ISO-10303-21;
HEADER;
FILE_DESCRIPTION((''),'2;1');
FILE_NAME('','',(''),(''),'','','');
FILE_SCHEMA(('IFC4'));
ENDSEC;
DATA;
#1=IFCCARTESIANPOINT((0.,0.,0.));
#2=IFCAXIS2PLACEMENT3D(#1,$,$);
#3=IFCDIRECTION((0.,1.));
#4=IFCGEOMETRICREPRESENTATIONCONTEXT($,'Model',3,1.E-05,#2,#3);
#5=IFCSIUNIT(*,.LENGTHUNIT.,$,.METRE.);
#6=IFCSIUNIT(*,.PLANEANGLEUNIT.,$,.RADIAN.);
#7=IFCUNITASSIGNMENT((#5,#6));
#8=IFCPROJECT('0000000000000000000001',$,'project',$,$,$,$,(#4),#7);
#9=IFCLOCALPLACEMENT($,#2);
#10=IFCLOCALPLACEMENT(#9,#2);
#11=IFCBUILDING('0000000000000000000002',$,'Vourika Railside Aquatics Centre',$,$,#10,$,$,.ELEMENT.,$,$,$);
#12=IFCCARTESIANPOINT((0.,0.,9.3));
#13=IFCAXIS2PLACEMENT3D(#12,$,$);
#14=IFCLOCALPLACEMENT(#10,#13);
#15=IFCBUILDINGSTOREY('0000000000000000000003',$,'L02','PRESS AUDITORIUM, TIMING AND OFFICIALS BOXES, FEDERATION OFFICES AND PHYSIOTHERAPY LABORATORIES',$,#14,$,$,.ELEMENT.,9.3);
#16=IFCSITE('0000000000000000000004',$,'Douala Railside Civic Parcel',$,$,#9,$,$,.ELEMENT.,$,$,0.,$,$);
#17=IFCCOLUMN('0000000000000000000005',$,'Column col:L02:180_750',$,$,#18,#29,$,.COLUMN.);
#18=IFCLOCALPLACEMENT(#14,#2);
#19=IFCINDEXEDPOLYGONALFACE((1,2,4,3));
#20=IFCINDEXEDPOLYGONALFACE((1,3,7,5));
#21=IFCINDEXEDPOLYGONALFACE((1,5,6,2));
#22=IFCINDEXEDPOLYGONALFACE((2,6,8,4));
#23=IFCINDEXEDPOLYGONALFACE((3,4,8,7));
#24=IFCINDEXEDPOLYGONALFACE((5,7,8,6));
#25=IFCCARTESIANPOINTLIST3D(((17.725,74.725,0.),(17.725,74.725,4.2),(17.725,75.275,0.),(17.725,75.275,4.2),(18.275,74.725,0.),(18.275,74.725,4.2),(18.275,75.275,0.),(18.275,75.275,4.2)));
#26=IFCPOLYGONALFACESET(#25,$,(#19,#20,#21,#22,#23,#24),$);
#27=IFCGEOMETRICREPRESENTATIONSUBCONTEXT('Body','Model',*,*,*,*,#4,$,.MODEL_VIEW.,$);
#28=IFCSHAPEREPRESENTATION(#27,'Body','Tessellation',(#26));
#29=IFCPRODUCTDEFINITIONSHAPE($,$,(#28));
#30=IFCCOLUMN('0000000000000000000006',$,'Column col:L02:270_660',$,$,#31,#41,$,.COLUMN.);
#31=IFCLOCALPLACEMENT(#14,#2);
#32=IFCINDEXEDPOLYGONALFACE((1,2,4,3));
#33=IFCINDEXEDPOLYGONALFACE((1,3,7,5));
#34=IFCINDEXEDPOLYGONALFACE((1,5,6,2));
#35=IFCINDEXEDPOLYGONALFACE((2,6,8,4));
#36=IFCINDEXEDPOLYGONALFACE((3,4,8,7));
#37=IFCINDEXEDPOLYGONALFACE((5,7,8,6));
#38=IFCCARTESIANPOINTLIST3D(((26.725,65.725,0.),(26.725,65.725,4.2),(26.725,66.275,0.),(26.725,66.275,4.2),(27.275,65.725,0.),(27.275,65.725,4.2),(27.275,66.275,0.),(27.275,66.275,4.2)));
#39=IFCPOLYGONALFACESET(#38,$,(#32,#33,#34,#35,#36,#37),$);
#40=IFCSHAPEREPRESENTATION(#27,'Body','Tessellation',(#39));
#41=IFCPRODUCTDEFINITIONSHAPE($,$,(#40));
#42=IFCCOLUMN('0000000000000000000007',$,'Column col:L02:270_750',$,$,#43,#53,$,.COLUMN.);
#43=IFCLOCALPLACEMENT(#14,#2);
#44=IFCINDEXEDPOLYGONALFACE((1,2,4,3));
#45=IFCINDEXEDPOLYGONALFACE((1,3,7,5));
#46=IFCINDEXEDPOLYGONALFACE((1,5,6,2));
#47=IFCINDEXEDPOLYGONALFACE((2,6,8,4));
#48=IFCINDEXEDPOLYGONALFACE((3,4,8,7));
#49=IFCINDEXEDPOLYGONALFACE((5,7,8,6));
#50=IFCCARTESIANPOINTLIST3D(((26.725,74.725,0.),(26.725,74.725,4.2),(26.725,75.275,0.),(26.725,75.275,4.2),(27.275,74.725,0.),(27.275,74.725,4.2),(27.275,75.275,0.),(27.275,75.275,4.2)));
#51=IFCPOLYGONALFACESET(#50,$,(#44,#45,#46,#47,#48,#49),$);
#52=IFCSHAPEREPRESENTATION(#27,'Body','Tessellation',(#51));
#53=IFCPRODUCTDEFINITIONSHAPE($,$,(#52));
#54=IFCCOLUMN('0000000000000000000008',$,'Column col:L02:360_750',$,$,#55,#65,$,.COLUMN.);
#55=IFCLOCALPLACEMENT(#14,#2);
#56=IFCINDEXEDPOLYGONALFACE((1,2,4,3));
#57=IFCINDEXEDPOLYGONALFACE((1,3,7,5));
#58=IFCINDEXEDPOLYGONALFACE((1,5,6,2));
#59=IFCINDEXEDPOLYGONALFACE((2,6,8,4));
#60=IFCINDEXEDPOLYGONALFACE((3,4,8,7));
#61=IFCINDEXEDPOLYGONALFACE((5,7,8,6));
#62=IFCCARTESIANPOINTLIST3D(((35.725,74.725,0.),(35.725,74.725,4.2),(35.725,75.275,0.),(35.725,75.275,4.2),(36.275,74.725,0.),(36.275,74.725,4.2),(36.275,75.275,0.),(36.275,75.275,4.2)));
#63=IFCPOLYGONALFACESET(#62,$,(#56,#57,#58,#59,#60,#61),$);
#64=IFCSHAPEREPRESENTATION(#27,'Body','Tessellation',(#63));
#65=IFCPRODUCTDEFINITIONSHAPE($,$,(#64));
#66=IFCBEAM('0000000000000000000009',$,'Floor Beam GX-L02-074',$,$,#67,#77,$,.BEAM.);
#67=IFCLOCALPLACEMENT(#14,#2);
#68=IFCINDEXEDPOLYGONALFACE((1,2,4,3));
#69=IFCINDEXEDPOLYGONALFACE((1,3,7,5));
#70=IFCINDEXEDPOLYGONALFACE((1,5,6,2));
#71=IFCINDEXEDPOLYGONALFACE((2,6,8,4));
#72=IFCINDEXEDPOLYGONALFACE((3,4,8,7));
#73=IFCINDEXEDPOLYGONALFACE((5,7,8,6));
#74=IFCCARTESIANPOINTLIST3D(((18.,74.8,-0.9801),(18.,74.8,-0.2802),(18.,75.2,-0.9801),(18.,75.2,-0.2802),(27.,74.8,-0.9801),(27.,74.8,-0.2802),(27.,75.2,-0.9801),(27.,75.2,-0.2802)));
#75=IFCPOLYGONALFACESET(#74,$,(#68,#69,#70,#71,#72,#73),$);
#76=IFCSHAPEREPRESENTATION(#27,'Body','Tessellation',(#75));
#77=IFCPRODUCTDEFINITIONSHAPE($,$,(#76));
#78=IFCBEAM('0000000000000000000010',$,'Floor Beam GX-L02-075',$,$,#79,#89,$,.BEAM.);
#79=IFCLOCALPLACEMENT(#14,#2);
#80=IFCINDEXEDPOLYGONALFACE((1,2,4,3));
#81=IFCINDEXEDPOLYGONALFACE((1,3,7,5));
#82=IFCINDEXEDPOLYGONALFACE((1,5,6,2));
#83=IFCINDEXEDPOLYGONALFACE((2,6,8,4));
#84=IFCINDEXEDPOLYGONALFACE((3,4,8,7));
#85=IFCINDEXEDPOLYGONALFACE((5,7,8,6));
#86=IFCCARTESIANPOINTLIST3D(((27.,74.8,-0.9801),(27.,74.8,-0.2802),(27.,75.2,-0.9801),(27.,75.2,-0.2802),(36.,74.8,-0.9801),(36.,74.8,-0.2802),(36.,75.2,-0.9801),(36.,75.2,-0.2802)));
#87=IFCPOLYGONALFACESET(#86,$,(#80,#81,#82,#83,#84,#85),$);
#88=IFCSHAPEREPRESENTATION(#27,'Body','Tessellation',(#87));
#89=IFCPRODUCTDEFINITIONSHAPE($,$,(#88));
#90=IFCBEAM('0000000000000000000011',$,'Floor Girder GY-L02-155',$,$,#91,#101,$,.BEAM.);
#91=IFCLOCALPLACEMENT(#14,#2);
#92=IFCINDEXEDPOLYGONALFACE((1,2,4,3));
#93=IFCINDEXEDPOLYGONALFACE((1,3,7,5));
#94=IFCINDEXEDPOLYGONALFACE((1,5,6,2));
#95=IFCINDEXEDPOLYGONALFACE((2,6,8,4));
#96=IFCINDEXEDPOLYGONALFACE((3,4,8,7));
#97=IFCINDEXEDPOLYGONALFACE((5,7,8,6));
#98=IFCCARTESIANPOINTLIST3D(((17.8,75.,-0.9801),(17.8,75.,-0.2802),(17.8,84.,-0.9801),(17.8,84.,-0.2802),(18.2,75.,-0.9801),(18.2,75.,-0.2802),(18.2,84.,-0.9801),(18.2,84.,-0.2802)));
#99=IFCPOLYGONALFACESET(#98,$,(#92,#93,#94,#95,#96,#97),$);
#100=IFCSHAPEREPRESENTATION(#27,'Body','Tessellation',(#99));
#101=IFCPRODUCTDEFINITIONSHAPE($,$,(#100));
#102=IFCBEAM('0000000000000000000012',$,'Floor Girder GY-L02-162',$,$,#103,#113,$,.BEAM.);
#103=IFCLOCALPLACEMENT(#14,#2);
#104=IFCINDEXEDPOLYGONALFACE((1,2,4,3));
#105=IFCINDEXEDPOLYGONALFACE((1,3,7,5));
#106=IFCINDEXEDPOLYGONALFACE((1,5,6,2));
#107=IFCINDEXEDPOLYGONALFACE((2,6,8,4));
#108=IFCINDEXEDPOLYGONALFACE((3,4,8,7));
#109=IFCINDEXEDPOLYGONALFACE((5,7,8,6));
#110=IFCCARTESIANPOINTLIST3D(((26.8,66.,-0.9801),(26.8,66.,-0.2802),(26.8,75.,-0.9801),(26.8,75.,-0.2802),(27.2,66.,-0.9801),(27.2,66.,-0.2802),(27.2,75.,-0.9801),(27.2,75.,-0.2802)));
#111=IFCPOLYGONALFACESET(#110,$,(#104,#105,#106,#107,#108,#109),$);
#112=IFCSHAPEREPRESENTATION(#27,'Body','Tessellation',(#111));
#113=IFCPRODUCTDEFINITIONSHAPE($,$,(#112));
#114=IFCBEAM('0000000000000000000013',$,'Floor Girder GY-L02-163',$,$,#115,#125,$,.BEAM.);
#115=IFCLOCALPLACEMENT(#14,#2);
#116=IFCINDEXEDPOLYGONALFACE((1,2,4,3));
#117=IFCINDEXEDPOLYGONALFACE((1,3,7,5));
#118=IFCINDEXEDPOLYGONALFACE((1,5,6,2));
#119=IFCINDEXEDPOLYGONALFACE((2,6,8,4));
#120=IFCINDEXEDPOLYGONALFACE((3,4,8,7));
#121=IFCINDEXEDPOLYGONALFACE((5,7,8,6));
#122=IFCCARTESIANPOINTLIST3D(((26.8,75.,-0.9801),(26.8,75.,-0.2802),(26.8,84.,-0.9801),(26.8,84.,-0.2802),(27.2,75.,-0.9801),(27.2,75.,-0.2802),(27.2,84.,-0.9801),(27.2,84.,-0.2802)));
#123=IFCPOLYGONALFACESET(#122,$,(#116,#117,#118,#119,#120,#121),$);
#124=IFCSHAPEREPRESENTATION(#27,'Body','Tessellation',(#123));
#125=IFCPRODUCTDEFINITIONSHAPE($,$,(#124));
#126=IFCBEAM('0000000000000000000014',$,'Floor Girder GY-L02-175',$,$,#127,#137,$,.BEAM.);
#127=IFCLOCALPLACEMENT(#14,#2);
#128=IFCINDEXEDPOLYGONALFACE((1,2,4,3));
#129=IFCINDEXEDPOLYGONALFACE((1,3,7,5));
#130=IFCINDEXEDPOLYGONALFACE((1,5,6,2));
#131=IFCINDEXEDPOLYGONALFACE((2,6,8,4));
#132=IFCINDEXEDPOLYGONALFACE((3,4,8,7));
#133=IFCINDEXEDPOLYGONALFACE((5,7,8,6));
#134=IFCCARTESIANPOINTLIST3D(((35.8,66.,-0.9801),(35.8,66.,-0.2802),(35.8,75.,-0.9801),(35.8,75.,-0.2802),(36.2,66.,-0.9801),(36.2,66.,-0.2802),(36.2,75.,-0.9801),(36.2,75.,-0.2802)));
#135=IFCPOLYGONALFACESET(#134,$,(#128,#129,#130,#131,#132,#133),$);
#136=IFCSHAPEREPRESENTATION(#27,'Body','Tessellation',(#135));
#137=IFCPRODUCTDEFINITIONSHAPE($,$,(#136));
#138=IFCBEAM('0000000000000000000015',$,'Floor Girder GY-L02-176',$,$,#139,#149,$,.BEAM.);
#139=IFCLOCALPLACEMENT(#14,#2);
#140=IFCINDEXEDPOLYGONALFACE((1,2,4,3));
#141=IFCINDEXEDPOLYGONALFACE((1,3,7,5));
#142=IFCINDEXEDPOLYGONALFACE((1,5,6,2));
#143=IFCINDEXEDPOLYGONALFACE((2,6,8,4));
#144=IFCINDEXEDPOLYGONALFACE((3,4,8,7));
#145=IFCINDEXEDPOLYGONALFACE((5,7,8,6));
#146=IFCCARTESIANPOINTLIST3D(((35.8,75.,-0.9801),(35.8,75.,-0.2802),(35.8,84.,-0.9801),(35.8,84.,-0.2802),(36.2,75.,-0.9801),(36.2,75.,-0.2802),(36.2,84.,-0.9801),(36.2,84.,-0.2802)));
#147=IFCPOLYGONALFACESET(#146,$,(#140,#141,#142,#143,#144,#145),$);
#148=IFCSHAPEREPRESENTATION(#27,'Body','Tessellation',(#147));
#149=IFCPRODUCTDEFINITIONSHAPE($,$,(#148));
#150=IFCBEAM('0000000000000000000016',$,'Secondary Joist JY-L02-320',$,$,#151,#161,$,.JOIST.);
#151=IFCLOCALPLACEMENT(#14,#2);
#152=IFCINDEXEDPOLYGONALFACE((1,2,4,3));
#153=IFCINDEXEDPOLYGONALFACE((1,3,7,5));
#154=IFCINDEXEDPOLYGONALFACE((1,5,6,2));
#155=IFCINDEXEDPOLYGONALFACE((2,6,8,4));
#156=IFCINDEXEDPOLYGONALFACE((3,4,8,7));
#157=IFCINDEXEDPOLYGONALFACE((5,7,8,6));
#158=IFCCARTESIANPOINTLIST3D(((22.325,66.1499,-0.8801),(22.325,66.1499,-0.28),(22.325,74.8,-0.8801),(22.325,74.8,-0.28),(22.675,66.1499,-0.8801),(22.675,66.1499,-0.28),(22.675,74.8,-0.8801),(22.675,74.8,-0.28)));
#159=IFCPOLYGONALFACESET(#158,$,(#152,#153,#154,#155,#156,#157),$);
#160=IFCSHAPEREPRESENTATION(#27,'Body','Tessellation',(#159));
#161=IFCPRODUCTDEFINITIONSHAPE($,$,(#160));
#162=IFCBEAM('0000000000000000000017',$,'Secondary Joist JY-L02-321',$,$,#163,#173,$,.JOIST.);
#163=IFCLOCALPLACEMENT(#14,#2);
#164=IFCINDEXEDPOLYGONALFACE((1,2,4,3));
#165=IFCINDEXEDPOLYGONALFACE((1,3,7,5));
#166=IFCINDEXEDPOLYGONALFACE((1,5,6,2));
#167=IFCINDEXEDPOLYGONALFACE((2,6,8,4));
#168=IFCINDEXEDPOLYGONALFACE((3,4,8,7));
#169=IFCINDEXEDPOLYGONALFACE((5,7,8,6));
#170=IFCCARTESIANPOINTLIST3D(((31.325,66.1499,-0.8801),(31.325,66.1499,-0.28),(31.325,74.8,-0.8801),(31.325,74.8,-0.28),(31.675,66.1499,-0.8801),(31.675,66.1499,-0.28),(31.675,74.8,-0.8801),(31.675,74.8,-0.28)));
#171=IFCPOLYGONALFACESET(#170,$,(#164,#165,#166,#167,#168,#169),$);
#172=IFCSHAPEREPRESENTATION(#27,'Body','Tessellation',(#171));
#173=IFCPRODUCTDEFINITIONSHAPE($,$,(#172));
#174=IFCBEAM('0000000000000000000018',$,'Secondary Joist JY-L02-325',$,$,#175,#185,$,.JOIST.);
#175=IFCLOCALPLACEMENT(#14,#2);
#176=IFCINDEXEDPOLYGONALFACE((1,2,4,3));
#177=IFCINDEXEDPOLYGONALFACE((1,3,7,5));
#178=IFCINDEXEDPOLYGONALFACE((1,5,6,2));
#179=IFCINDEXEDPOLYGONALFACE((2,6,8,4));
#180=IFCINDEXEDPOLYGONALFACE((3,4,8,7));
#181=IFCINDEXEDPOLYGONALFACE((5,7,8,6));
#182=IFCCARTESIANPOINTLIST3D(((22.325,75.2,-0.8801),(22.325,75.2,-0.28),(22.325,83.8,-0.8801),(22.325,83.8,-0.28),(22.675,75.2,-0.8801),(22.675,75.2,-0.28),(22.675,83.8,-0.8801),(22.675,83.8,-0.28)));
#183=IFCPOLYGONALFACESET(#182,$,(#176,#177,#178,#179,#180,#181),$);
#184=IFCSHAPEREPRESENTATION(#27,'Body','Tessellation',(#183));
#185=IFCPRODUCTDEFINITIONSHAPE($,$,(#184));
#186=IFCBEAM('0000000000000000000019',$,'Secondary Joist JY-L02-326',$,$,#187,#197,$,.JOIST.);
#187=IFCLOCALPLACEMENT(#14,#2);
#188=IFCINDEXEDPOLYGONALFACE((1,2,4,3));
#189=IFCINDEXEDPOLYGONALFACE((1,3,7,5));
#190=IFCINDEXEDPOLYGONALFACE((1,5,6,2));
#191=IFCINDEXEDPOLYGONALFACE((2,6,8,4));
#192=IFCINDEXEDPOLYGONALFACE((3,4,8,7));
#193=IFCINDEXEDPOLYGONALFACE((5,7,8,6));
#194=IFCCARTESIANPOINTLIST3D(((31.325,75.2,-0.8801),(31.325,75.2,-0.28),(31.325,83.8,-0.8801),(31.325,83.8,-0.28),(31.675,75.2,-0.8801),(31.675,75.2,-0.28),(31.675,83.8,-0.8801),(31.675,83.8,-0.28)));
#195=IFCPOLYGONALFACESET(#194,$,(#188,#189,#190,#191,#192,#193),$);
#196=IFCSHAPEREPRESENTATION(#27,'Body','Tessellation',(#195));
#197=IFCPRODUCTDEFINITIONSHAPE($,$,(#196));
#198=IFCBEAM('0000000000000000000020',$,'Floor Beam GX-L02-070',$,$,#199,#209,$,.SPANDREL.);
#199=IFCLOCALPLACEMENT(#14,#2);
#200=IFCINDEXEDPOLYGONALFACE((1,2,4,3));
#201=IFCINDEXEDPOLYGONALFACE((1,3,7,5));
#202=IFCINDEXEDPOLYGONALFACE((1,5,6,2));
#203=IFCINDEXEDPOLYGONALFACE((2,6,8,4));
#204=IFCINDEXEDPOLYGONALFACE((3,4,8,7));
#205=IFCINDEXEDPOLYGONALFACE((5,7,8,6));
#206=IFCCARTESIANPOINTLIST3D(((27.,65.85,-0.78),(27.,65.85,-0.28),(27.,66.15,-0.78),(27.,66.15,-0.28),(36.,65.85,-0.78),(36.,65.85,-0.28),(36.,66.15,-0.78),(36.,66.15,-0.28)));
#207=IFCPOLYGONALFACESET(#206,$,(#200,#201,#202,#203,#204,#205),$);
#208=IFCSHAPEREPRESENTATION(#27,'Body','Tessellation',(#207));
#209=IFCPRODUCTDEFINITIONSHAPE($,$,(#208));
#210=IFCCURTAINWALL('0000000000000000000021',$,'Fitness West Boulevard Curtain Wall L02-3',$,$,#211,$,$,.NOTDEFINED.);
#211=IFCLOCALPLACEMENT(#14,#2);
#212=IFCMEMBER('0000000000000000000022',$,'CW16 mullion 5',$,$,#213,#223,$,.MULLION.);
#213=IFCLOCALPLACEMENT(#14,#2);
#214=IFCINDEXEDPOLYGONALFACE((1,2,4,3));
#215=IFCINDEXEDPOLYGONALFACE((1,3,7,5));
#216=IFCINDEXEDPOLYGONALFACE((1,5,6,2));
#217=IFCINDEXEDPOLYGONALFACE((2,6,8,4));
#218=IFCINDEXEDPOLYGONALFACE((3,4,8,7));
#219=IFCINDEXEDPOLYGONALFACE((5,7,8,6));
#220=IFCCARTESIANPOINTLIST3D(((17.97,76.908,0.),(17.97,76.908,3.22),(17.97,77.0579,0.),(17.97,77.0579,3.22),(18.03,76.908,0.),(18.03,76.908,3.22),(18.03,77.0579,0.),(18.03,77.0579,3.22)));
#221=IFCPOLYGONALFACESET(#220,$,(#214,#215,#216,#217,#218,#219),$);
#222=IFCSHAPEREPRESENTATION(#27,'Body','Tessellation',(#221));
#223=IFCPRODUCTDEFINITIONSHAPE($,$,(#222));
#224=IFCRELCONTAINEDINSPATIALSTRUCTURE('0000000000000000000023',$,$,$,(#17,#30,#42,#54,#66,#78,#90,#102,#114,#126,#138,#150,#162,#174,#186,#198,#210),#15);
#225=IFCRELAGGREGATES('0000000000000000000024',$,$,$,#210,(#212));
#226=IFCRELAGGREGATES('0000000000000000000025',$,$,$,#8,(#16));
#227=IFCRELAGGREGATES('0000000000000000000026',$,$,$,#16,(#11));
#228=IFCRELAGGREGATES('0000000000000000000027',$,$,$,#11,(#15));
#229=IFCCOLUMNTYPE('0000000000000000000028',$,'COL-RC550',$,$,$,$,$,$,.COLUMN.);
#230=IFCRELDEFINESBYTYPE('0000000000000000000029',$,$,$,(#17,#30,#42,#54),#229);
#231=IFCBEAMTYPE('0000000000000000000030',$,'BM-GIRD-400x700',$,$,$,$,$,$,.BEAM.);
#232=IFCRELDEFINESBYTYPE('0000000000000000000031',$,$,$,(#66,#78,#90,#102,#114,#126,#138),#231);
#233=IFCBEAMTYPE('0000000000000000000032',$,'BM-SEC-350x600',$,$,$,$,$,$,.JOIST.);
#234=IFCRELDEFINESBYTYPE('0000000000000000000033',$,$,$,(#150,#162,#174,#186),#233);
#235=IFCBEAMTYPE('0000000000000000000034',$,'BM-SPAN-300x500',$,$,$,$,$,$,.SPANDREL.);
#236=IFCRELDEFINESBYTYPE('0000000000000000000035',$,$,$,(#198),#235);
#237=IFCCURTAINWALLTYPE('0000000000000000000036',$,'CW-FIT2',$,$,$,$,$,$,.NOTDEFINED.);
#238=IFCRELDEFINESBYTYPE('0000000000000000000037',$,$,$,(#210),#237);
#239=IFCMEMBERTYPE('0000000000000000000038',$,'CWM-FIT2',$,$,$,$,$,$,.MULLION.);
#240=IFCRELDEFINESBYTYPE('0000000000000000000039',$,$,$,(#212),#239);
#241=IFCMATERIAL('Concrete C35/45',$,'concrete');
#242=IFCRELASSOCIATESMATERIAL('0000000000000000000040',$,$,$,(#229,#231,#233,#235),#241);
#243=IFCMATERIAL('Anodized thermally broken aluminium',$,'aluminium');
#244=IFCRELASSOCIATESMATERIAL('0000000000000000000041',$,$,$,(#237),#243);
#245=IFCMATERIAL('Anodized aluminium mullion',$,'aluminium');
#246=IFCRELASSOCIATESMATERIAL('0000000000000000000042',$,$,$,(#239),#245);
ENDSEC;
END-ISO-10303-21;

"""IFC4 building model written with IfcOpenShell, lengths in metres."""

from ifc_helpers import new_model, si_unit, direction, frame, origin, origin_2d, place, context, subcontext, project, spatial, rectangle, extrude, material, material_profile, profile_set, type_object, element, aggregate, save


model = new_model("IFC4")

# Units and contexts
model_context = context("Model", 3, precision=1e-05, world=origin(), true_north=direction((0.0, 1.0)))
body_context = subcontext(model_context, "Body", "Model", "MODEL_VIEW")
ifc_project = project(units=[si_unit("LENGTHUNIT", "METRE"), si_unit("PLANEANGLEUNIT", "RADIAN")], contexts=[model_context])

# Site, building, storey
site_placement = place(None, origin())
site = spatial("IfcSite", under=ifc_project, at=site_placement, Name="Douala Railside Civic Parcel", CompositionType="ELEMENT", RefElevation=0.0)
building_placement = place(site_placement, origin())
building = spatial("IfcBuilding", under=site, at=building_placement, Name="Vourika Railside Aquatics Centre", CompositionType="ELEMENT")
storey_placement = place(building_placement, frame((0.0, 0.0, 9.3)))
storey = spatial("IfcBuildingStorey", under=building, at=storey_placement, Name="L02", Description="PRESS AUDITORIUM, TIMING AND OFFICIALS BOXES, FEDERATION OFFICES AND PHYSIOTHERAPY LABORATORIES", CompositionType="ELEMENT", Elevation=9.3)

# Columns
ifc_material_1 = material(Name="Concrete C35/45", Category="concrete")
ifc_material_profile_1 = material_profile(ifc_material_1, rectangle(XDim=0.55, YDim=0.55, at=origin_2d()), Name="RC 550x550")
ifc_profile_set_1 = profile_set([ifc_material_profile_1], Name="Concrete C35/45")
column_type = type_object("IfcColumnType", Name="COL-RC550", PredefinedType="COLUMN", material=ifc_profile_set_1)
for number, where, z_axis, x_axis, name in (
    (1, (18.0, 75.0, 0.0), (0.0, 0.0, 1.0), (1.0, 0.0, 0.0), "Column col:L02:180_750"),
    (2, (27.0, 66.0, 0.0), (0.0, 0.0, 1.0), (1.0, 0.0, 0.0), "Column col:L02:270_660"),
    (3, (27.0, 75.0, 0.0), (0.0, 0.0, 1.0), (1.0, 0.0, 0.0), "Column col:L02:270_750"),
    (4, (36.0, 75.0, 0.0), (0.0, 0.0, 1.0), (1.0, 0.0, 0.0), "Column col:L02:360_750"),
):
    element("IfcColumn", number, at=place(storey_placement, frame(where, z_axis=z_axis, x_axis=x_axis)), inside=storey, type_object=column_type, Name=name, PredefinedType="COLUMN", context=body_context, shape_type="SweptSolid", body=[
        extrude(rectangle(XDim=0.55, YDim=0.55, at=origin_2d()), origin(), (0.0, 0.0, 1.0), 4.2),
    ])

# Beams
ifc_material_profile_2 = material_profile(ifc_material_1, rectangle(XDim=0.3999, YDim=0.7, at=origin_2d()), Name="RC 400x700")
ifc_profile_set_2 = profile_set([ifc_material_profile_2], Name="Concrete C35/45")
beam_type_1 = type_object("IfcBeamType", Name="BM-GIRD-400x700", PredefinedType="BEAM", material=ifc_profile_set_2)
for number, where, z_axis, x_axis, name in (
    (5, (18.0, 75.0, -0.6301), (1.0, 0.0, 0.0), (0.0, 1.0, 0.0), "Floor Beam GX-L02-074"),
    (6, (27.0, 75.0, -0.6301), (1.0, 0.0, 0.0), (0.0, 1.0, 0.0), "Floor Beam GX-L02-075"),
    (7, (18.0, 75.0, -0.6301), (0.0, 1.0, 0.0), (-1.0, 0.0, 0.0), "Floor Girder GY-L02-155"),
    (8, (27.0, 66.0, -0.6301), (0.0, 1.0, 0.0), (-1.0, 0.0, 0.0), "Floor Girder GY-L02-162"),
    (9, (27.0, 75.0, -0.6301), (0.0, 1.0, 0.0), (-1.0, 0.0, 0.0), "Floor Girder GY-L02-163"),
    (10, (36.0, 66.0, -0.6301), (0.0, 1.0, 0.0), (-1.0, 0.0, 0.0), "Floor Girder GY-L02-175"),
    (11, (36.0, 75.0, -0.6301), (0.0, 1.0, 0.0), (-1.0, 0.0, 0.0), "Floor Girder GY-L02-176"),
):
    element("IfcBeam", number, at=place(storey_placement, frame(where, z_axis=z_axis, x_axis=x_axis)), inside=storey, type_object=beam_type_1, Name=name, PredefinedType="BEAM", context=body_context, shape_type="SweptSolid", body=[
        extrude(rectangle(XDim=0.3999, YDim=0.7, at=origin_2d()), origin(), (0.0, 0.0, 1.0), 9.0),
    ])
ifc_material_profile_3 = material_profile(ifc_material_1, rectangle(XDim=0.3501, YDim=0.6001, at=origin_2d()), Name="RC 350x600")
ifc_profile_set_3 = profile_set([ifc_material_profile_3], Name="Concrete C35/45")
beam_type_2 = type_object("IfcBeamType", Name="BM-SEC-350x600", PredefinedType="JOIST", material=ifc_profile_set_3)
for number, where, z_axis, x_axis, name in (
    (12, (22.5, 66.1499, -0.5801), (0.0, 1.0, 0.0), (-1.0, 0.0, 0.0), "Secondary Joist JY-L02-320"),
    (13, (31.5, 66.1499, -0.5801), (0.0, 1.0, 0.0), (-1.0, 0.0, 0.0), "Secondary Joist JY-L02-321"),
):
    element("IfcBeam", number, at=place(storey_placement, frame(where, z_axis=z_axis, x_axis=x_axis)), inside=storey, type_object=beam_type_2, Name=name, PredefinedType="JOIST", context=body_context, shape_type="SweptSolid", body=[
        extrude(rectangle(XDim=0.3501, YDim=0.6001, at=origin_2d()), origin(), (0.0, 0.0, 1.0), 8.6501),
    ])
for number, where, z_axis, x_axis, name in (
    (14, (22.5, 75.2, -0.5801), (0.0, 1.0, 0.0), (-1.0, 0.0, 0.0), "Secondary Joist JY-L02-325"),
    (15, (31.5, 75.2, -0.5801), (0.0, 1.0, 0.0), (-1.0, 0.0, 0.0), "Secondary Joist JY-L02-326"),
):
    element("IfcBeam", number, at=place(storey_placement, frame(where, z_axis=z_axis, x_axis=x_axis)), inside=storey, type_object=beam_type_2, Name=name, PredefinedType="JOIST", context=body_context, shape_type="SweptSolid", body=[
        extrude(rectangle(XDim=0.3501, YDim=0.6001, at=origin_2d()), origin(), (0.0, 0.0, 1.0), 8.6001),
    ])
ifc_material_profile_4 = material_profile(ifc_material_1, rectangle(XDim=0.3, YDim=0.5, at=origin_2d()), Name="RC 300x500")
ifc_profile_set_4 = profile_set([ifc_material_profile_4], Name="Concrete C35/45")
beam_type_3 = type_object("IfcBeamType", Name="BM-SPAN-300x500", PredefinedType="SPANDREL", material=ifc_profile_set_4)
beam_placement = place(storey_placement, frame((27.0, 66.0, -0.53), z_axis=(1.0, 0.0, 0.0), x_axis=(0.0, 1.0, 0.0)))
element("IfcBeam", 16, at=beam_placement, inside=storey, type_object=beam_type_3, Name="Floor Beam GX-L02-070", PredefinedType="SPANDREL", context=body_context, shape_type="SweptSolid", body=[
    extrude(rectangle(XDim=0.3, YDim=0.5, at=origin_2d()), origin(), (0.0, 0.0, 1.0), 9.0),
])

# Curtain wall, member
ifc_material_2 = material(Name="Anodized thermally broken aluminium", Category="aluminium")
curtain_wall_type = type_object("IfcCurtainWallType", Name="CW-FIT2", PredefinedType="NOTDEFINED", material=ifc_material_2)
curtain_wall_placement = place(storey_placement, origin())
curtain_wall = element("IfcCurtainWall", 17, at=curtain_wall_placement, inside=storey, type_object=curtain_wall_type, Name="Fitness West Boulevard Curtain Wall L02-3", PredefinedType="NOTDEFINED")
ifc_material_3 = material(Name="Anodized aluminium mullion", Category="aluminium")
ifc_material_profile_5 = material_profile(ifc_material_3, rectangle(XDim=0.0601, YDim=0.1499, at=origin_2d()), Name="ALU-M 60x150")
ifc_profile_set_5 = profile_set([ifc_material_profile_5], Name="Anodized aluminium mullion")
member_type_1 = type_object("IfcMemberType", Name="CWM-FIT2", PredefinedType="MULLION", material=ifc_profile_set_5)
member_1_placement = place(storey_placement, frame((18.0, 76.9829, 0.0), z_axis=(0.0, 0.0, 1.0), x_axis=(1.0, 0.0, 0.0)))
member_1 = element("IfcMember", 18, at=member_1_placement, type_object=member_type_1, Name="CW16 mullion 5", PredefinedType="MULLION", context=body_context, shape_type="SweptSolid", body=[
    extrude(rectangle(XDim=0.0601, YDim=0.1499, at=origin_2d()), origin(), (0.0, 0.0, 1.0), 3.22),
])
aggregate(curtain_wall, [member_1])

save(model, "model.ifc")
